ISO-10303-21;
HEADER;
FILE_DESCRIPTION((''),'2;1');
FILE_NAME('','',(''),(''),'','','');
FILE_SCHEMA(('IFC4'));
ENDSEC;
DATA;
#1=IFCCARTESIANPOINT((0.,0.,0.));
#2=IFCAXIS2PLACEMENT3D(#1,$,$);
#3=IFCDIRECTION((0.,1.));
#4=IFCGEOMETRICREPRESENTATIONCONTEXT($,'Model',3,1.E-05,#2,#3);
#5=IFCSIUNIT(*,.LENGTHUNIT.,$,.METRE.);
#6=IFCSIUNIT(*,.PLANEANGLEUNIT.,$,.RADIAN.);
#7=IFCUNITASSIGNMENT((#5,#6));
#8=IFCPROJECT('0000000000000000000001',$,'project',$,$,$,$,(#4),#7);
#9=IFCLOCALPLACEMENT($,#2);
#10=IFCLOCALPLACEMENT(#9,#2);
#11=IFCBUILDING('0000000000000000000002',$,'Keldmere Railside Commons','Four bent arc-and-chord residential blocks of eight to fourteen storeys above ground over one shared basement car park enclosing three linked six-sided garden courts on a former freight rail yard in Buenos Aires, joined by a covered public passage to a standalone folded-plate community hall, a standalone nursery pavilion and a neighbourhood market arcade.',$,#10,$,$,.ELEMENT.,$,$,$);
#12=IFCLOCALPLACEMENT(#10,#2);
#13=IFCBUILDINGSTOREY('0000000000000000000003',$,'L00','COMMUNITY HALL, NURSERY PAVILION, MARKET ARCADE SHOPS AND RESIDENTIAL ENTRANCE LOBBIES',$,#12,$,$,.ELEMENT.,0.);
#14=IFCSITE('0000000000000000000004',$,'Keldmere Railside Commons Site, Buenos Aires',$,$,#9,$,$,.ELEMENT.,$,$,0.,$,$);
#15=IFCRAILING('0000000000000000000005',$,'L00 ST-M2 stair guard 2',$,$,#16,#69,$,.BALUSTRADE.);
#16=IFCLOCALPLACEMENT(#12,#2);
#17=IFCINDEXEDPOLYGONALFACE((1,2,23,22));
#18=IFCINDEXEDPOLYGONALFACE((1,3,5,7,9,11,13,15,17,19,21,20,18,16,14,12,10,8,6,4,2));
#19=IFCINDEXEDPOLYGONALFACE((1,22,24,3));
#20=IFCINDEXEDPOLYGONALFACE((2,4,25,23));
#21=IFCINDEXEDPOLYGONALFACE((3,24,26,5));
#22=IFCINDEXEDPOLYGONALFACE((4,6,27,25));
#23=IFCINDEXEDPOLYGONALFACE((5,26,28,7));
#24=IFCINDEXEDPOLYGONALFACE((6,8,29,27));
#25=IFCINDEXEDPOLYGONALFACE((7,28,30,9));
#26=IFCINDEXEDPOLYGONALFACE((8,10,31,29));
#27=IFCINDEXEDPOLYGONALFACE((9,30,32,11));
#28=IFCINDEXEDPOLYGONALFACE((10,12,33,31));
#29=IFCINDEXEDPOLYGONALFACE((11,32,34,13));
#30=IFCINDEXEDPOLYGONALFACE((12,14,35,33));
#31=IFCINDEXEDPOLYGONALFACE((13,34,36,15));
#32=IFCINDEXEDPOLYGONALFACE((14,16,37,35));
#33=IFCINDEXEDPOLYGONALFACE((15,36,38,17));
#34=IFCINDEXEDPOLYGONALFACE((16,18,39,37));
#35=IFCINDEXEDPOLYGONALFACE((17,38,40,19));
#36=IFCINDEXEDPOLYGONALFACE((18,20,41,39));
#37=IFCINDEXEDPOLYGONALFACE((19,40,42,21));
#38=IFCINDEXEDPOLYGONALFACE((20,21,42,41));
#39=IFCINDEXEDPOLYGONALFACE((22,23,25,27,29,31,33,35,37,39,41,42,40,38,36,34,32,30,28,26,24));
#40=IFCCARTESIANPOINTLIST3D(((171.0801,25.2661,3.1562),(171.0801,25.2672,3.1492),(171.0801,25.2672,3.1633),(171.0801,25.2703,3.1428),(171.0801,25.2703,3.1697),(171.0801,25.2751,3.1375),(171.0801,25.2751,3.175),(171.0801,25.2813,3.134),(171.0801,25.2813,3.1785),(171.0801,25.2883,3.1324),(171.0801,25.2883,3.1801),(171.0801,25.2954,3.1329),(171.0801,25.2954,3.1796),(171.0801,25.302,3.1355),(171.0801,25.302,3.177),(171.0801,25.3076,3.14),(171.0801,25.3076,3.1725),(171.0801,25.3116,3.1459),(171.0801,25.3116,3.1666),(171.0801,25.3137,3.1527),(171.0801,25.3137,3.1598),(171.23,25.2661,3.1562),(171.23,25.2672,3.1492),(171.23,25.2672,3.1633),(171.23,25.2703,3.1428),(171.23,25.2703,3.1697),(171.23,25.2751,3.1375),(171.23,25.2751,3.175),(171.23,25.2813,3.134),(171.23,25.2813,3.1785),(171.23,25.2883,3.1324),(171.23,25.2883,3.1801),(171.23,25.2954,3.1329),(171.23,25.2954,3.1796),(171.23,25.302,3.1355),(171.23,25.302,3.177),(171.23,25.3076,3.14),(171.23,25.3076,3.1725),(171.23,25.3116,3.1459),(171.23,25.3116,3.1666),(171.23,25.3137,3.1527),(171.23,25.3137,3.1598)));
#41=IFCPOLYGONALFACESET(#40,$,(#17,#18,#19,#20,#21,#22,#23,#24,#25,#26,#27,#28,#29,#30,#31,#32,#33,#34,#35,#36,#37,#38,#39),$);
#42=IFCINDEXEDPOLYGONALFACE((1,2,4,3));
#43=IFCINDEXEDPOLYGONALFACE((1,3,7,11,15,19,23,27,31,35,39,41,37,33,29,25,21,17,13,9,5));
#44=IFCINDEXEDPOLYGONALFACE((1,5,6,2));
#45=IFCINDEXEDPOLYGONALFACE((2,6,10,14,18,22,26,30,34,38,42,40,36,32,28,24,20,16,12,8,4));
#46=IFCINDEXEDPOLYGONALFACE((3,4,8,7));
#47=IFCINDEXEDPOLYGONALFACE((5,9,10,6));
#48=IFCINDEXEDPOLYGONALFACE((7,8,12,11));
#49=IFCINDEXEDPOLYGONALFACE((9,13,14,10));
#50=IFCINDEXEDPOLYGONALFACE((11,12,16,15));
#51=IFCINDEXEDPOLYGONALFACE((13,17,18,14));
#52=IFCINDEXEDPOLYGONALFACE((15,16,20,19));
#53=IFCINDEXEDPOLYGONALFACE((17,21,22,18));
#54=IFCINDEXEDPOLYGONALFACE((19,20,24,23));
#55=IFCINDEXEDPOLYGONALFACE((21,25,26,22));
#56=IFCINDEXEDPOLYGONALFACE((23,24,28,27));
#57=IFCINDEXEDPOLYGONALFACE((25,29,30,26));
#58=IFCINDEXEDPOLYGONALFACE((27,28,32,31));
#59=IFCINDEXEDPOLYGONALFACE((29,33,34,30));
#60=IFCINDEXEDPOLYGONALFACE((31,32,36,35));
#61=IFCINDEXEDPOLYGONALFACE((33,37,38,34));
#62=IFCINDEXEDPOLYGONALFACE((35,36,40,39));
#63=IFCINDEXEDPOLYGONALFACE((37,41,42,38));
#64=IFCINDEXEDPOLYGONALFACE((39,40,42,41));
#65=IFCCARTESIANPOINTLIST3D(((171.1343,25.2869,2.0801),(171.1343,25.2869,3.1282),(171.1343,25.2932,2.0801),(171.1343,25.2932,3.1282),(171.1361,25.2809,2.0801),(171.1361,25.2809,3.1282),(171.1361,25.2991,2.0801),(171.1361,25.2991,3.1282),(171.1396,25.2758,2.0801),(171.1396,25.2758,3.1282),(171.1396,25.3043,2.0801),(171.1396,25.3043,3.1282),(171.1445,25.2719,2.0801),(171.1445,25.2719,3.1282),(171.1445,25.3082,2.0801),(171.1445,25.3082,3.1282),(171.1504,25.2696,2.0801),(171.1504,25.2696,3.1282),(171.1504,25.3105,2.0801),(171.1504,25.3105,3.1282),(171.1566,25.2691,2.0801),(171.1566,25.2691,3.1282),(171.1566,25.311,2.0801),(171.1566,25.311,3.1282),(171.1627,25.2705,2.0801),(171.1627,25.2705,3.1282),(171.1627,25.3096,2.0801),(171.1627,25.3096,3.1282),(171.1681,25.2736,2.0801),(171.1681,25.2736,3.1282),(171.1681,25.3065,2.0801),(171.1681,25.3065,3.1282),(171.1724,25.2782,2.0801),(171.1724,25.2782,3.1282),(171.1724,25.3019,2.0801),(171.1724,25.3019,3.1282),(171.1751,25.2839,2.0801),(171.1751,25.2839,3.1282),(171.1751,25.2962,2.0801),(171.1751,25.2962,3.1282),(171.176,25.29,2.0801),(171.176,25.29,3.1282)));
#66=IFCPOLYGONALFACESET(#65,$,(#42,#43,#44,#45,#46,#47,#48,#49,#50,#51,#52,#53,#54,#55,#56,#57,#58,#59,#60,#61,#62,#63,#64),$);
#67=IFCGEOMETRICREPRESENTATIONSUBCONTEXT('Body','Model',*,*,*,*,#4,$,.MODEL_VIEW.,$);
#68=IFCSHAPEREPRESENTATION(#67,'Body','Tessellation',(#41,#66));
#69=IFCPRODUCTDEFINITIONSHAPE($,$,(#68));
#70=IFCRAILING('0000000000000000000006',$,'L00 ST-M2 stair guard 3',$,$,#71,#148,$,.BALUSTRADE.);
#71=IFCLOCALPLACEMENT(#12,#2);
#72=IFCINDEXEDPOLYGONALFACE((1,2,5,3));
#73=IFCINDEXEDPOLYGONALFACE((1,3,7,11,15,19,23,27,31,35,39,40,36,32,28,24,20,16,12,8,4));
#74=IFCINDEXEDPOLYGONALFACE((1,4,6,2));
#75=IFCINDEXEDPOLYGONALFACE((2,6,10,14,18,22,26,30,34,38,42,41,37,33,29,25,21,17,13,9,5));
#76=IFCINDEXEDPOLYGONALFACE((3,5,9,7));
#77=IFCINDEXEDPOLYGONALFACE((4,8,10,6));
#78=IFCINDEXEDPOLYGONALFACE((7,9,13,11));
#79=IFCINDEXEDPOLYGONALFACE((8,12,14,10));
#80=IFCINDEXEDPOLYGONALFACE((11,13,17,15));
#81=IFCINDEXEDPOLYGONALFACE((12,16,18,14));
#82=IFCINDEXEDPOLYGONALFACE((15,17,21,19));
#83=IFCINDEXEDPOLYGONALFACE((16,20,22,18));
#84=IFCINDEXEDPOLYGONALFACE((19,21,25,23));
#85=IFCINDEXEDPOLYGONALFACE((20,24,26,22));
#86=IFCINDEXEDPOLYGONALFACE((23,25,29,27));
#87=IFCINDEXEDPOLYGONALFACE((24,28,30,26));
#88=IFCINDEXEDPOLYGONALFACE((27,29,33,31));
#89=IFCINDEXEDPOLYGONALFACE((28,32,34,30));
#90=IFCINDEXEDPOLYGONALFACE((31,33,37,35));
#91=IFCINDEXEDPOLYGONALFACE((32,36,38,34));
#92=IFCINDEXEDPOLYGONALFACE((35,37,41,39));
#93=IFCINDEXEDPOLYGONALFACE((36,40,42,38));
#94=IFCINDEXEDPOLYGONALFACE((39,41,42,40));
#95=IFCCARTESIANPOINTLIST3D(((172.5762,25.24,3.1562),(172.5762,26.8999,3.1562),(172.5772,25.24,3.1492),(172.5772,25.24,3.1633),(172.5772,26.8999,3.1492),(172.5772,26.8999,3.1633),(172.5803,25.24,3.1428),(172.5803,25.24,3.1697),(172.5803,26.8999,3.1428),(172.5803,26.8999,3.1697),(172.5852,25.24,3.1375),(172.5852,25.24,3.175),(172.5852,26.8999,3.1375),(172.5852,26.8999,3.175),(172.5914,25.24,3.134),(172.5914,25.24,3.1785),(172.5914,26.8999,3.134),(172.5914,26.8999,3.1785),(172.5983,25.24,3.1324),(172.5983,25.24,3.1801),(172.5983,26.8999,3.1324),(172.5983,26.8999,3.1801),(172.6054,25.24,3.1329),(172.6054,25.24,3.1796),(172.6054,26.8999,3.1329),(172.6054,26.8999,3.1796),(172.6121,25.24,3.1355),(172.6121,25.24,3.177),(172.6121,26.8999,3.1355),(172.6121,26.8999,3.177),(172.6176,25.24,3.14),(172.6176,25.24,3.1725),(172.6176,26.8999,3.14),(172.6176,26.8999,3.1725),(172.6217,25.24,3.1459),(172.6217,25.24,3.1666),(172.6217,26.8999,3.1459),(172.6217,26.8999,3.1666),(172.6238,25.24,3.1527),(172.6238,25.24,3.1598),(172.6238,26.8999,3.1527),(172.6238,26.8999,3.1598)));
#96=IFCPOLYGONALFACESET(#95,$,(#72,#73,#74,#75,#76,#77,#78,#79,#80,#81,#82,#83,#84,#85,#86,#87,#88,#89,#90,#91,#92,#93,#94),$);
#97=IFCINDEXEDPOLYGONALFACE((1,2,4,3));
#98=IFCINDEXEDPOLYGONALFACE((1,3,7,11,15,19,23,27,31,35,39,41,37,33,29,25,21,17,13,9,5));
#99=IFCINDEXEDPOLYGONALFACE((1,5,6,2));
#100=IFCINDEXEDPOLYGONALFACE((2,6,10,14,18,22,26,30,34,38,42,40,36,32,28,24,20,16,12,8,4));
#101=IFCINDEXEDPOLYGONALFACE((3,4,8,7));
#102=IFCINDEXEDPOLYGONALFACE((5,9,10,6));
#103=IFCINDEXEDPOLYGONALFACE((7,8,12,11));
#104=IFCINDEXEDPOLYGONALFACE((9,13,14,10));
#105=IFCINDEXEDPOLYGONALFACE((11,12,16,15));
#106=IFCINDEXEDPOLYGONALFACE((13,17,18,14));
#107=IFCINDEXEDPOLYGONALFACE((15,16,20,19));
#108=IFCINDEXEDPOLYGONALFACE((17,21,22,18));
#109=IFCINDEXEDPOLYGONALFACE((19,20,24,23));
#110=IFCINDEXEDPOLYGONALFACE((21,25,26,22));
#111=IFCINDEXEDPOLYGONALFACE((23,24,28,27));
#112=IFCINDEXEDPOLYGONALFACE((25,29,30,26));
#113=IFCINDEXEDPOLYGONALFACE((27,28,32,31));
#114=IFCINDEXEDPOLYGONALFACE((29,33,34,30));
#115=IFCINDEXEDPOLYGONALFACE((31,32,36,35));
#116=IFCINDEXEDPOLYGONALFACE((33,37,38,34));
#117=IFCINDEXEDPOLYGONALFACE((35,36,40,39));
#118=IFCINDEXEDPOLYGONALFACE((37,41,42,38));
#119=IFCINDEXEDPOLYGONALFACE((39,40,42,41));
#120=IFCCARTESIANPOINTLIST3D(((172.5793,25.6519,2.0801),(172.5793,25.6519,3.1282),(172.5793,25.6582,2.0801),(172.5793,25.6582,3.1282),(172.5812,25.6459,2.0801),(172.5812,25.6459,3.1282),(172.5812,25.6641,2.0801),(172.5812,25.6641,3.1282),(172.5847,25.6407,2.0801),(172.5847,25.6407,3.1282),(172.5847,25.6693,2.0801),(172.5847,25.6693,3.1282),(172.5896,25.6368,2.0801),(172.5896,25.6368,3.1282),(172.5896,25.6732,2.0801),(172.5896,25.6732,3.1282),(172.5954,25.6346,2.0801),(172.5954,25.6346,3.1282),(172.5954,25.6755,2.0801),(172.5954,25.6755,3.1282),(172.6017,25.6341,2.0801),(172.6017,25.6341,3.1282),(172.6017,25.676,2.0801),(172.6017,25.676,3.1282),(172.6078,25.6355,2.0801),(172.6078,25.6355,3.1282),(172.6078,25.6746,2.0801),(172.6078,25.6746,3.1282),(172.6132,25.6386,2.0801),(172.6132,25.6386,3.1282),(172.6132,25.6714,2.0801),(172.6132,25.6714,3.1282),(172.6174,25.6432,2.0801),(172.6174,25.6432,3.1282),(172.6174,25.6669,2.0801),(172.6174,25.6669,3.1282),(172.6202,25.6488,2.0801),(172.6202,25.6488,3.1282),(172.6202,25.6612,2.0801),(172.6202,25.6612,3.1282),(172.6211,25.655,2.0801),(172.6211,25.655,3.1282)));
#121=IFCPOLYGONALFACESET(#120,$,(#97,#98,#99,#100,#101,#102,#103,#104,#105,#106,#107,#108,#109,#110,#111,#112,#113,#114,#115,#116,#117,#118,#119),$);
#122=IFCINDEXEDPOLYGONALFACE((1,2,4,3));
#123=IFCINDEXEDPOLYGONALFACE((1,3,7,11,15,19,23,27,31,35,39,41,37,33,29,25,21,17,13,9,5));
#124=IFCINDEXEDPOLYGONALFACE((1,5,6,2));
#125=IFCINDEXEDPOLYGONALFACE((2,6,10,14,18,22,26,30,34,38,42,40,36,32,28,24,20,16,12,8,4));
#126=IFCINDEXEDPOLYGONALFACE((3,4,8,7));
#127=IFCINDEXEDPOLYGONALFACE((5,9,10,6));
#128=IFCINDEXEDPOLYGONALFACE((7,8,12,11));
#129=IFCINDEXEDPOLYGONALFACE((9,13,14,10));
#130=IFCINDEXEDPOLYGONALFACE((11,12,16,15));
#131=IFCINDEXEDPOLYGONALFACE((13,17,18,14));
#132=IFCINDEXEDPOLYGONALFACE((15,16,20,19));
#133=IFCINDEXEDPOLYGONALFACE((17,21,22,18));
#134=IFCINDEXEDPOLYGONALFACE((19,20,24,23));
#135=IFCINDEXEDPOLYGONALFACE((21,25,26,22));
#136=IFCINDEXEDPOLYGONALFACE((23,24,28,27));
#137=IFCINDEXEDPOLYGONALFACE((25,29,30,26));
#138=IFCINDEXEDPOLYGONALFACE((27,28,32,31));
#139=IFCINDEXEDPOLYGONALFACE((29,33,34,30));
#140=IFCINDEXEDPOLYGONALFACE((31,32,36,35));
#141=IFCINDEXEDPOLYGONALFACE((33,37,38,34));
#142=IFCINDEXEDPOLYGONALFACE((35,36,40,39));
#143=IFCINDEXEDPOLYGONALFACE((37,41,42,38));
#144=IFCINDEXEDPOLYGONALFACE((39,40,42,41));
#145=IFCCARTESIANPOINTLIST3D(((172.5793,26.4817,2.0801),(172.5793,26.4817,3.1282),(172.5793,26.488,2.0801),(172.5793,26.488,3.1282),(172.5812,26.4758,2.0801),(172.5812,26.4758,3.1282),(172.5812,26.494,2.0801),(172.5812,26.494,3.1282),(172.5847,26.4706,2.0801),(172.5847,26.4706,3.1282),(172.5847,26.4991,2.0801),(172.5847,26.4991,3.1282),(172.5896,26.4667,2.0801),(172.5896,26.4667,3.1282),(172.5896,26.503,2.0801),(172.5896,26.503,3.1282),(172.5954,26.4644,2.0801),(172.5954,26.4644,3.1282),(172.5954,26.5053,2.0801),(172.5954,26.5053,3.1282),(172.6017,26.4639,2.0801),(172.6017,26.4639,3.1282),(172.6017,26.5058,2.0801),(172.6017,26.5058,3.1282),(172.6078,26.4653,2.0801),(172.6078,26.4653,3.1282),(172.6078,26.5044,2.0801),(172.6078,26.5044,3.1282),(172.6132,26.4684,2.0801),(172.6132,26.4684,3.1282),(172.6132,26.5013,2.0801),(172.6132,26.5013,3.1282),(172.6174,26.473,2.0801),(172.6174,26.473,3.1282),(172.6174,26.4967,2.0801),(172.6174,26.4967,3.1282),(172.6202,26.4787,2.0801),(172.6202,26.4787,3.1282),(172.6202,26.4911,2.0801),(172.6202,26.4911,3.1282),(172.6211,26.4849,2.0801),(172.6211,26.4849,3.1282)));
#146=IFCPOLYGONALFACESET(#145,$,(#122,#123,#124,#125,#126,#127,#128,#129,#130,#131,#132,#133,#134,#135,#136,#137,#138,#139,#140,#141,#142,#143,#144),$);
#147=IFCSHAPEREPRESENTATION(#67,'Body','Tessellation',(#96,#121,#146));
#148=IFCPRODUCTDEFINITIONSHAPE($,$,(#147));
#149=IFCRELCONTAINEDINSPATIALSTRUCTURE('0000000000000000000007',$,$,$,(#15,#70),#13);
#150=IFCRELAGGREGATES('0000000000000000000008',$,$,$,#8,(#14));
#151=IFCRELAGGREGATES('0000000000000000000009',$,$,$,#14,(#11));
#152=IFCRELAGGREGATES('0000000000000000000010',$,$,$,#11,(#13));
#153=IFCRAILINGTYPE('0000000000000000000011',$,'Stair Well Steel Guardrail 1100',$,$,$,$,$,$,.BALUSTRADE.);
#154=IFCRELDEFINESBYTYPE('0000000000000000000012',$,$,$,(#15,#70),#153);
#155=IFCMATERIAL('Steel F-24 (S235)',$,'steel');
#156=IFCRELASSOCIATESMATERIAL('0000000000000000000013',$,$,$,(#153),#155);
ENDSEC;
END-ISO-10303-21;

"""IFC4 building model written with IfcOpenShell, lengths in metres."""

from ifc_helpers import new_model, si_unit, direction, frame, origin, origin_2d, place, context, subcontext, project, spatial, circle, extrude, material, type_object, element, save


model = new_model("IFC4")

# Units and contexts
model_context = context("Model", 3, precision=1e-05, world=origin(), true_north=direction((0.0, 1.0)))
body_context = subcontext(model_context, "Body", "Model", "MODEL_VIEW")
ifc_project = project(units=[si_unit("LENGTHUNIT", "METRE"), si_unit("PLANEANGLEUNIT", "RADIAN")], contexts=[model_context])

# Site, building, storey
site_placement = place(None, origin())
site = spatial("IfcSite", under=ifc_project, at=site_placement, Name="Keldmere Railside Commons Site, Buenos Aires", CompositionType="ELEMENT", RefElevation=0.0)
building_placement = place(site_placement, origin())
building = spatial("IfcBuilding", under=site, at=building_placement, Name="Keldmere Railside Commons", Description="Four bent arc-and-chord residential blocks of eight to fourteen storeys above ground over one shared basement car park enclosing three linked six-sided garden courts on a former freight rail yard in Buenos Aires, joined by a covered public passage to a standalone folded-plate community hall, a standalone nursery pavilion and a neighbourhood market arcade.", CompositionType="ELEMENT")
storey_placement = place(building_placement, origin())
storey = spatial("IfcBuildingStorey", under=building, at=storey_placement, Name="L00", Description="COMMUNITY HALL, NURSERY PAVILION, MARKET ARCADE SHOPS AND RESIDENTIAL ENTRANCE LOBBIES", CompositionType="ELEMENT", Elevation=0.0)

# Shared definitions
ifc_material_1 = material(Name="Steel F-24 (S235)", Category="steel")

# Railings
railing_type = type_object("IfcRailingType", Name="Stair Well Steel Guardrail 1100", PredefinedType="BALUSTRADE", material=ifc_material_1)
railing_1_placement = place(storey_placement, frame((171.23, 25.29, 2.0801)))
element("IfcRailing", 1, at=railing_1_placement, inside=storey, type_object=railing_type, Name="L00 ST-M2 stair guard 2", PredefinedType="BALUSTRADE", context=body_context, shape_type="SweptSolid", body=[
    extrude(circle(Radius=0.0239, at=origin_2d()), frame((0.0, 0.0, 1.0762), z_axis=(-1.0, 0.0, 0.0), x_axis=(0.0, -1.0, 0.0)), (0.0, 0.0, 1.0), 0.1499),
    extrude(circle(Radius=0.021, at=origin_2d()), frame((-0.075, 0.0, 0.0)), (0.0, 0.0, 1.0), 1.0481),
])
railing_2_placement = place(storey_placement, frame((172.6001, 25.24, 2.0801)))
element("IfcRailing", 2, at=railing_2_placement, inside=storey, type_object=railing_type, Name="L00 ST-M2 stair guard 3", PredefinedType="BALUSTRADE", context=body_context, shape_type="SweptSolid", body=[
    extrude(circle(Radius=0.0239, at=origin_2d()), frame((0.0, 0.0, 1.0762), z_axis=(0.0, 1.0, 0.0), x_axis=(-1.0, 0.0, 0.0)), (0.0, 0.0, 1.0), 1.6599),
    extrude(circle(Radius=0.021, at=origin_2d()), frame((0.0, 0.415, 0.0)), (0.0, 0.0, 1.0), 1.0481),
    extrude(circle(Radius=0.021, at=origin_2d()), frame((0.0, 1.2449, 0.0)), (0.0, 0.0, 1.0), 1.0481),
])

save(model, "model.ifc")
